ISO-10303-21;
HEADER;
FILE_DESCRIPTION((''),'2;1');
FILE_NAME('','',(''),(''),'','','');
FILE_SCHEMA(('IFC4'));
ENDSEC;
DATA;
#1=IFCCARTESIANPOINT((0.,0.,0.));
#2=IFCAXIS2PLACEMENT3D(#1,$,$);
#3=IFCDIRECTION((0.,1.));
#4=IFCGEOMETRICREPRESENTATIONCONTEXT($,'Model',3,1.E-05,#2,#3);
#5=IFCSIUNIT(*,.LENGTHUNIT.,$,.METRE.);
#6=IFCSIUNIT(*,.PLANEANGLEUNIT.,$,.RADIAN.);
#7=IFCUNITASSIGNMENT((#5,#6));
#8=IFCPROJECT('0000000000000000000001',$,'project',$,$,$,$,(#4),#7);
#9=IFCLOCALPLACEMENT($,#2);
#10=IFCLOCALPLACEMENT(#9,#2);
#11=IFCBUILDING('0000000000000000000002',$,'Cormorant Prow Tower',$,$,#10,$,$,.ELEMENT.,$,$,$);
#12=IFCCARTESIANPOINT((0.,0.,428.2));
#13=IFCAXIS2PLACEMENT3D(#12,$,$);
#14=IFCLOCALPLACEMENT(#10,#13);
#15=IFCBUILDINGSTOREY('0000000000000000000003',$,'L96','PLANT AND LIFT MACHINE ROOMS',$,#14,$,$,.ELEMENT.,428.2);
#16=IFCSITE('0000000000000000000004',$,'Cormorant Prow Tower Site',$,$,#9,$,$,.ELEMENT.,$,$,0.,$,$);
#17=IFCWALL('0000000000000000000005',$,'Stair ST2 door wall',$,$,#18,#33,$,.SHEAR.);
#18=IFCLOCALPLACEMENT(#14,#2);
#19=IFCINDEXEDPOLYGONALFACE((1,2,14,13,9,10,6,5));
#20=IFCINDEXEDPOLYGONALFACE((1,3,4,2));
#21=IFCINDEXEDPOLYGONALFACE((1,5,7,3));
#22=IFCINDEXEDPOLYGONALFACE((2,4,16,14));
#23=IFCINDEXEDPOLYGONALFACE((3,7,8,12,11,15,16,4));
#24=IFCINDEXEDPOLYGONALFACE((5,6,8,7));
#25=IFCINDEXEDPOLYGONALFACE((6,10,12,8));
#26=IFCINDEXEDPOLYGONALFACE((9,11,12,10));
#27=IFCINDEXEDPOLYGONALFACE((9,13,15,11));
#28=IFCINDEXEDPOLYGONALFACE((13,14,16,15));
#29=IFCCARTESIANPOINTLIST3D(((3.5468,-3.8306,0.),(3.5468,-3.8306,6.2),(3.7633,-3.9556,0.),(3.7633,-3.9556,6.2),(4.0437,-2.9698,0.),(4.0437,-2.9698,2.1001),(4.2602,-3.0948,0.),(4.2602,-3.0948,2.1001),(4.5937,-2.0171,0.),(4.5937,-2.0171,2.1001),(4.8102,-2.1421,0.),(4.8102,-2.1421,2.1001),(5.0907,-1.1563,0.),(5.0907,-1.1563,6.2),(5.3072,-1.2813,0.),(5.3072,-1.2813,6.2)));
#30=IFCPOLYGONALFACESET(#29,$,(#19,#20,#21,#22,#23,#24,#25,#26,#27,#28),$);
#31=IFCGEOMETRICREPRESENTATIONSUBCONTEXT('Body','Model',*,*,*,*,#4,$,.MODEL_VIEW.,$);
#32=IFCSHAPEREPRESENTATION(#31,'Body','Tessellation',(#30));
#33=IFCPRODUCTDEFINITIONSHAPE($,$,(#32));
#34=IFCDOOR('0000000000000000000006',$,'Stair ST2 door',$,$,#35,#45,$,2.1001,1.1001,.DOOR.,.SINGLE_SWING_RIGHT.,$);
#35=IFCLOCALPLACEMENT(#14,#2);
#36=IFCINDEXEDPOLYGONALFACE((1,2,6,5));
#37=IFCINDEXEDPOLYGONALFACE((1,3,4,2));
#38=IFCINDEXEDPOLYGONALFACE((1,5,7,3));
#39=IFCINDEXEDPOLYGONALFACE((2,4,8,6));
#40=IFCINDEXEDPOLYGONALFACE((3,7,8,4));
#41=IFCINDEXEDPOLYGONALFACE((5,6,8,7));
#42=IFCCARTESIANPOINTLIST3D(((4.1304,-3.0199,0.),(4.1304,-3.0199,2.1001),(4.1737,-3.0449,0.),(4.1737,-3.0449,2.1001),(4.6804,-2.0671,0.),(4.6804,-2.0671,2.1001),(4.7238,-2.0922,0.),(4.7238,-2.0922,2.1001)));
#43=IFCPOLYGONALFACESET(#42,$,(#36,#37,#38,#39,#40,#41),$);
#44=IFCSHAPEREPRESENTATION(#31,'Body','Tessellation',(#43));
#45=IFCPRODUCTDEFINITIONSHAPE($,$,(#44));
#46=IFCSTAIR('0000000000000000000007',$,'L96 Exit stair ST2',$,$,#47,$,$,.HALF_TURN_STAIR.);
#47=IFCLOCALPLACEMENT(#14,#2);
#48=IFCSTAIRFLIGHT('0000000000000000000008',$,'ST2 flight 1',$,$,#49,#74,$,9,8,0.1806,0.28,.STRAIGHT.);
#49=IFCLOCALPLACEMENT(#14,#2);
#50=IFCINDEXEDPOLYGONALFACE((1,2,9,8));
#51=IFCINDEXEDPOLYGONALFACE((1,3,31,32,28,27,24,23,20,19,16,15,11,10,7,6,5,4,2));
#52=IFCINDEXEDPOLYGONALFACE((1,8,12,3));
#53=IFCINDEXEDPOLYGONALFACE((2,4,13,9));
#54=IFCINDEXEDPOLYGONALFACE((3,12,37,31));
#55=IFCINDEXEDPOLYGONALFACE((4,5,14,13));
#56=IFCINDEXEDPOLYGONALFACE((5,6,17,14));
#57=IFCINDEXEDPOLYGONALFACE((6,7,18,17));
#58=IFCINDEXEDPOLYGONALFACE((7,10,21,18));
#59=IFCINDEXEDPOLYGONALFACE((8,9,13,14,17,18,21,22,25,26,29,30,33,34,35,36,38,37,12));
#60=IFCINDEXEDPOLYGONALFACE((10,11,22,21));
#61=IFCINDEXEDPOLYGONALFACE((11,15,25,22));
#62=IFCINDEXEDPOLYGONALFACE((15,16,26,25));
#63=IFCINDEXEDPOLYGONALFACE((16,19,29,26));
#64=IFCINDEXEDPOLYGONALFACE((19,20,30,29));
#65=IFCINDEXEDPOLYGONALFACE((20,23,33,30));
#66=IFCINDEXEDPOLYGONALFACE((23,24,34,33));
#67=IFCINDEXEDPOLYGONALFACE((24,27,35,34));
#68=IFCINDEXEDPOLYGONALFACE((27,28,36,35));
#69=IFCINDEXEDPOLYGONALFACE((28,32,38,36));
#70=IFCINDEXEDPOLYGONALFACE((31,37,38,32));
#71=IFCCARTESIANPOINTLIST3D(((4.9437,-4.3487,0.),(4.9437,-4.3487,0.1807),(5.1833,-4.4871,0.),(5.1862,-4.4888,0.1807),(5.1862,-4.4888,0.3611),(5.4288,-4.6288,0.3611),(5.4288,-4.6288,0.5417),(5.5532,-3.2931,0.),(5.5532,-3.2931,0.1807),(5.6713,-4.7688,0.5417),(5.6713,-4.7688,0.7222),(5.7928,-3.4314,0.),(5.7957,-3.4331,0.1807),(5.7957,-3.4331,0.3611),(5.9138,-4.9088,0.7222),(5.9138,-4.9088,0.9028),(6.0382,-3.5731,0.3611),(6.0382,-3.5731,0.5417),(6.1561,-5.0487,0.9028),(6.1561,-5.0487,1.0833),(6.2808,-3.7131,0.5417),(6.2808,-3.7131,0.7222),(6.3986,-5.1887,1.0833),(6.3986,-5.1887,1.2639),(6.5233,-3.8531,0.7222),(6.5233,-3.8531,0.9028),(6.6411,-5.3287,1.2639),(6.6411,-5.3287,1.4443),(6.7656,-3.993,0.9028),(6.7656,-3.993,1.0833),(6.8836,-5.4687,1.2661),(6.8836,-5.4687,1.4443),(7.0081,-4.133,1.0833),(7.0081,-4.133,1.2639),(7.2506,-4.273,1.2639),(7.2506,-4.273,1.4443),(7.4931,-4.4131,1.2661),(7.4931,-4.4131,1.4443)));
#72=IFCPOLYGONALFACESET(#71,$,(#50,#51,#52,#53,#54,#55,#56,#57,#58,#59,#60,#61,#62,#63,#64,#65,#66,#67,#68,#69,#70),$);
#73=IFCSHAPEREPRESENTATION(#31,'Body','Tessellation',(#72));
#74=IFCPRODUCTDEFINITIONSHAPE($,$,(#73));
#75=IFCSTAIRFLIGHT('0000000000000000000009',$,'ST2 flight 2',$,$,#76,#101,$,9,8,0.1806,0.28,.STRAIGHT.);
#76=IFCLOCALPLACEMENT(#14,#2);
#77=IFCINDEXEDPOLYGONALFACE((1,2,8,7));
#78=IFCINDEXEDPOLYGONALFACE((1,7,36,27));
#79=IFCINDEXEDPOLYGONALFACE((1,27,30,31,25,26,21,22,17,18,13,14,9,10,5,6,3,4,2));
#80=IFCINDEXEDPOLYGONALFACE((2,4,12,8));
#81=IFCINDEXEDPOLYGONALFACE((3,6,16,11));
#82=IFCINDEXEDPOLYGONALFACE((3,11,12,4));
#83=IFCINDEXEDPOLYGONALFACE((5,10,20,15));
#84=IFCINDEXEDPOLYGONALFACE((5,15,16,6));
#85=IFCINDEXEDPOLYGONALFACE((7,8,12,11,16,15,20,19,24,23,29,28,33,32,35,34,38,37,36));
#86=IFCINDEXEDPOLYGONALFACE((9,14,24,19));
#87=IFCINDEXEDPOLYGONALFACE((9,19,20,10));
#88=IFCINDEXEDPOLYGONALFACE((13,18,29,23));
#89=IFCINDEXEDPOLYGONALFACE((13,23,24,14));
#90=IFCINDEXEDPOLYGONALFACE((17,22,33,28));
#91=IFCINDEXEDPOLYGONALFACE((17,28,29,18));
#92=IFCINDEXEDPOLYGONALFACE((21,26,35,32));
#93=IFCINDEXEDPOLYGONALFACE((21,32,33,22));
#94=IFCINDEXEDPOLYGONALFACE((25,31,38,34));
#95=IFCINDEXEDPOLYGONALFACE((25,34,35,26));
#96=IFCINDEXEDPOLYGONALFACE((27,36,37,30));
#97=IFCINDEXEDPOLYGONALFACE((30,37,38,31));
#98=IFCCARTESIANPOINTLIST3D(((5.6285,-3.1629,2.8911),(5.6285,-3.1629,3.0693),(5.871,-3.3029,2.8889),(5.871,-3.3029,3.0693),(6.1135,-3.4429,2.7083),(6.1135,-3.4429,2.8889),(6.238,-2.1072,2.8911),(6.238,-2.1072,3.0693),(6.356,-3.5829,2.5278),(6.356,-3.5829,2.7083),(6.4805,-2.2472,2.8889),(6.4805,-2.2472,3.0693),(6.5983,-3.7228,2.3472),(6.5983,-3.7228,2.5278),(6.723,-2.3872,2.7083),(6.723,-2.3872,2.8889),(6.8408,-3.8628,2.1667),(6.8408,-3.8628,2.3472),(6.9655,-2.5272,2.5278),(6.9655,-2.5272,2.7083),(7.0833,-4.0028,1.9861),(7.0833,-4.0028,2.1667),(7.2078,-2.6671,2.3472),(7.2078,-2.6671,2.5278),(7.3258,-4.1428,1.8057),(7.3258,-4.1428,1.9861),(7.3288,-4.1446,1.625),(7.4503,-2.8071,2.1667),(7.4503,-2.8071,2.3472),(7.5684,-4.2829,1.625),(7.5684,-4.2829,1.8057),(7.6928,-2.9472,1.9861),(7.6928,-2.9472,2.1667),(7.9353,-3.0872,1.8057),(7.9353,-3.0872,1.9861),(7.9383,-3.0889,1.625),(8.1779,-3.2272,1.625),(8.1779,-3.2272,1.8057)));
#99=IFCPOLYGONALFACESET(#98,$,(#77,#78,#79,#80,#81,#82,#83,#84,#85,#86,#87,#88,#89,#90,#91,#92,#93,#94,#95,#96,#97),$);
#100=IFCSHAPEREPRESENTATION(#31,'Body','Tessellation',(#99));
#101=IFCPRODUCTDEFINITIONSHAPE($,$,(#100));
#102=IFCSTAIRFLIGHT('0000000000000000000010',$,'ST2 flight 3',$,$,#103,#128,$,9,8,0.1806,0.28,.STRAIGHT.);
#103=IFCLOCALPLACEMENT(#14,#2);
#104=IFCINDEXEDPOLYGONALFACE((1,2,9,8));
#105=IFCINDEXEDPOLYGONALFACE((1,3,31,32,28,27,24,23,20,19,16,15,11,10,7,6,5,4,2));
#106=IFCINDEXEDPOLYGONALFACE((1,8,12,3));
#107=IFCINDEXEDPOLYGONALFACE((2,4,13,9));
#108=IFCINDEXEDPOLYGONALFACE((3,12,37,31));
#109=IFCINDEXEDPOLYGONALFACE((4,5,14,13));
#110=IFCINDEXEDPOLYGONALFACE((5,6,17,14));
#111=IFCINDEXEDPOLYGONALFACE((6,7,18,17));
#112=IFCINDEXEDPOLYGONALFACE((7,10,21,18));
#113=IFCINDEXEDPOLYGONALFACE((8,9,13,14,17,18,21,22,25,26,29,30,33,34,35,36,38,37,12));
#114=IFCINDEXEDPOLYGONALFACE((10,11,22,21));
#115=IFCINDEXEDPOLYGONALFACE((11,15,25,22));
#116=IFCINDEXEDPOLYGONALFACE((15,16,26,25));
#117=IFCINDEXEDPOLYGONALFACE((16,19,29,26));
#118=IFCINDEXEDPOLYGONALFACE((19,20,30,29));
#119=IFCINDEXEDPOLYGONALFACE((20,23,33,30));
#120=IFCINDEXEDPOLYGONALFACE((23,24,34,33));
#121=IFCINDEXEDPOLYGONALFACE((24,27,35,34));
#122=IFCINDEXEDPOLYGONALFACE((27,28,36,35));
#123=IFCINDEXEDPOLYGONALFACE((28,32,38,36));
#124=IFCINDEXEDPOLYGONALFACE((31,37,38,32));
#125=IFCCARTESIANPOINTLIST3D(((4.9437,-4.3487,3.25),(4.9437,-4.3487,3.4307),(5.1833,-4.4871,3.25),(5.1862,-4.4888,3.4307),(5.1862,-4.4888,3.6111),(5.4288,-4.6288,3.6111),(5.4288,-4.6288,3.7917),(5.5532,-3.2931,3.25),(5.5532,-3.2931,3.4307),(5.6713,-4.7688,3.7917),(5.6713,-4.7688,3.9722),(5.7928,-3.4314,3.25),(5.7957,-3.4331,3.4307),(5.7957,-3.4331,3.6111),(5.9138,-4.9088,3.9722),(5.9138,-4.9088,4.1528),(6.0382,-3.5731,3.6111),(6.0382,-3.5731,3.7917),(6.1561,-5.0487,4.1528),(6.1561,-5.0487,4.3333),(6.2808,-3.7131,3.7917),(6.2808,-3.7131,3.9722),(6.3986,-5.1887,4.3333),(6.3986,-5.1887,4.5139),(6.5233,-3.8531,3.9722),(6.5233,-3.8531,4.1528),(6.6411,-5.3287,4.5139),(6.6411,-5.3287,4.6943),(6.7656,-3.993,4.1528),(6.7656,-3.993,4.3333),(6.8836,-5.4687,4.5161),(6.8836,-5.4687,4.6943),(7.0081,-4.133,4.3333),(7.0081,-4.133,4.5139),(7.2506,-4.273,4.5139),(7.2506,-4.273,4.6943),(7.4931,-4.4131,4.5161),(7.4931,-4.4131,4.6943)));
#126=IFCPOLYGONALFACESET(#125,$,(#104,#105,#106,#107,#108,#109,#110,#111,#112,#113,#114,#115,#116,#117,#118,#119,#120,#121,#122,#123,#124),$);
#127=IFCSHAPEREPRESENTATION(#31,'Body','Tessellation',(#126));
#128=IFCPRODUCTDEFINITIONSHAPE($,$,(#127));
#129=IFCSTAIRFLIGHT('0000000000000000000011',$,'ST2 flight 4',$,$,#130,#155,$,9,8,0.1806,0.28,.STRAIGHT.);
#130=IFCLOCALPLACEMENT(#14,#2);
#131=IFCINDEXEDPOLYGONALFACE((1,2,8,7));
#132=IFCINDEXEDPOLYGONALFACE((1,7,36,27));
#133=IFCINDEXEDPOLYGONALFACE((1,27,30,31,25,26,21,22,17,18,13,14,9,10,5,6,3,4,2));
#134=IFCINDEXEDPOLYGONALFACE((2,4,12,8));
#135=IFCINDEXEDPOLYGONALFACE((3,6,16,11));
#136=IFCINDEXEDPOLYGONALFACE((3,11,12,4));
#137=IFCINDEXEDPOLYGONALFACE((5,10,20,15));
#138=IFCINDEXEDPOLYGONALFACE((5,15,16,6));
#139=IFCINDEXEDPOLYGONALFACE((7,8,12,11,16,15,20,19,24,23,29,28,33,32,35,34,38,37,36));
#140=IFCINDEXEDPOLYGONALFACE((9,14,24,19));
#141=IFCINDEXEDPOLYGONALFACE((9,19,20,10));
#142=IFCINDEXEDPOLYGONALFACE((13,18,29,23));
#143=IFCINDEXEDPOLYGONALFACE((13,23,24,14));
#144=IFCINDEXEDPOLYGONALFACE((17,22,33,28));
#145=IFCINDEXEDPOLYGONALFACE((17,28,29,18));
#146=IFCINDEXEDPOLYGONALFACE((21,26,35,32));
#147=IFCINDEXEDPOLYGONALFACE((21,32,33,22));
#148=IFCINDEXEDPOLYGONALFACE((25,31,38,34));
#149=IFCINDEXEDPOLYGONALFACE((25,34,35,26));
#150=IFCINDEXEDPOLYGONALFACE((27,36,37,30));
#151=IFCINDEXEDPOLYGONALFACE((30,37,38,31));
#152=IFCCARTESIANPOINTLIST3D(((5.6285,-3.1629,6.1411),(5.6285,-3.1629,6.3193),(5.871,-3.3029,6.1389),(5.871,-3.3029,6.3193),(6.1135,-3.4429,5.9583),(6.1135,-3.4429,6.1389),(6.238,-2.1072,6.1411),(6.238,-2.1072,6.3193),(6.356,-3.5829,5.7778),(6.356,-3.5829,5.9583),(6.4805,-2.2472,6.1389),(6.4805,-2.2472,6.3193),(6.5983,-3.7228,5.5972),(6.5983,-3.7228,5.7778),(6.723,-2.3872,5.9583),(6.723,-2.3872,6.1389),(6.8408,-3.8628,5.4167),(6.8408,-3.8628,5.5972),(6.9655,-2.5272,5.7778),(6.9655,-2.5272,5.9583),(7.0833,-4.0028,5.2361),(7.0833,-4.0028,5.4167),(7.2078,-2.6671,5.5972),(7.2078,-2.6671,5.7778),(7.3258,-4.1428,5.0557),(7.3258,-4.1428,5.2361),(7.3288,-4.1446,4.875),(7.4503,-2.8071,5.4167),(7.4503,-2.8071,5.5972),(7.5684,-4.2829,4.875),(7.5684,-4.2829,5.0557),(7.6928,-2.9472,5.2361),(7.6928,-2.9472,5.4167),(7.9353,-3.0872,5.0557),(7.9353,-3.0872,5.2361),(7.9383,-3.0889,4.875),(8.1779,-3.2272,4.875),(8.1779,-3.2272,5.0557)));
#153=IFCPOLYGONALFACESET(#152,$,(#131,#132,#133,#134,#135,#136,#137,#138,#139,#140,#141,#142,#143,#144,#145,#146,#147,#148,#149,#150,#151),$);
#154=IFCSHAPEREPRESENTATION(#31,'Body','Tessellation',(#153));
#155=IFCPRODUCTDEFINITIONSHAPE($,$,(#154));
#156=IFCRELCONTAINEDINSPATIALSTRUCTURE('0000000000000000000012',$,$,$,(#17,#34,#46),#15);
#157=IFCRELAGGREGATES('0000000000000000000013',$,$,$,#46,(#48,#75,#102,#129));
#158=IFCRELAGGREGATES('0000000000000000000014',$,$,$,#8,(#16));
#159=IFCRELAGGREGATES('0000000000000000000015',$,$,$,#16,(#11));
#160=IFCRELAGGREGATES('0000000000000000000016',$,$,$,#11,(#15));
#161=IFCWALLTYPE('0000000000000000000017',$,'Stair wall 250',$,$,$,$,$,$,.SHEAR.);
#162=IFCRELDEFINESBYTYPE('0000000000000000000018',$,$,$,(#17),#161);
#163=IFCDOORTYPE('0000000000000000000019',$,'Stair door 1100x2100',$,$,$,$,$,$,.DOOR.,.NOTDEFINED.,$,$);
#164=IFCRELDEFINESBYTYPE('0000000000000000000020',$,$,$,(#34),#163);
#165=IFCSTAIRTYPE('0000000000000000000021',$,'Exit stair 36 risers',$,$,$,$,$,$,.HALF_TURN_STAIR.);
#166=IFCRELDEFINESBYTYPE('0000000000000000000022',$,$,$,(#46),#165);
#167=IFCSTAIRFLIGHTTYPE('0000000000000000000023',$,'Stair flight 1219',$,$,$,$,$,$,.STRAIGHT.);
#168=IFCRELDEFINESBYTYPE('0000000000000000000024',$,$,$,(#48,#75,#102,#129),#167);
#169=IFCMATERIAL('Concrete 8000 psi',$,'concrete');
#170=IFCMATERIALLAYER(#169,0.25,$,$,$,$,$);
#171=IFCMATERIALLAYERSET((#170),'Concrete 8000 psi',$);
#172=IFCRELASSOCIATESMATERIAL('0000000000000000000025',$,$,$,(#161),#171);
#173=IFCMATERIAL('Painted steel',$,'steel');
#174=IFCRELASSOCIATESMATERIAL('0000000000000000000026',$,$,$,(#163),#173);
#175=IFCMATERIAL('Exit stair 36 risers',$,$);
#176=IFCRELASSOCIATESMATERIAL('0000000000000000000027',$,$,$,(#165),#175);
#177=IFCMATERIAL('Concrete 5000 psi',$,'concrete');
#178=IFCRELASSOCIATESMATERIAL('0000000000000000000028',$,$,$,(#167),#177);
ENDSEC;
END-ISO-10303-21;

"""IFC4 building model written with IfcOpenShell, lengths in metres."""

from ifc_helpers import new_model, si_unit, direction, frame, frame_2d, origin, place, context, subcontext, project, spatial, polyline, rectangle, outline, extrude, material, layer, layer_set, type_object, element, fill, aggregate, save


model = new_model("IFC4")

# Units and contexts
model_context = context("Model", 3, precision=1e-05, world=origin(), true_north=direction((0.0, 1.0)))
body_context = subcontext(model_context, "Body", "Model", "MODEL_VIEW")
ifc_project = project(units=[si_unit("LENGTHUNIT", "METRE"), si_unit("PLANEANGLEUNIT", "RADIAN")], contexts=[model_context])

# Site, building, storey
site_placement = place(None, origin())
site = spatial("IfcSite", under=ifc_project, at=site_placement, Name="Cormorant Prow Tower Site", CompositionType="ELEMENT", RefElevation=0.0)
building_placement = place(site_placement, origin())
building = spatial("IfcBuilding", under=site, at=building_placement, Name="Cormorant Prow Tower", CompositionType="ELEMENT")
storey_placement = place(building_placement, frame((0.0, 0.0, 428.2)))
storey = spatial("IfcBuildingStorey", under=building, at=storey_placement, Name="L96", Description="PLANT AND LIFT MACHINE ROOMS", CompositionType="ELEMENT", Elevation=428.2)

# Wall, opening, door
ifc_material_1 = material(Name="Concrete 8000 psi", Category="concrete")
ifc_layer_1 = layer(ifc_material_1, 0.25)
ifc_layer_set_1 = layer_set([ifc_layer_1], Name="Concrete 8000 psi")
wall_type_1 = type_object("IfcWallType", Name="Stair wall 250", PredefinedType="SHEAR", material=ifc_layer_set_1)
wall_1_placement = place(storey_placement, frame((3.655, -3.8931, 0.0), z_axis=(0.0, 0.0, 1.0), x_axis=(0.499983, 0.866035, 0.0)))
wall_1 = element("IfcWall", 1, at=wall_1_placement, inside=storey, type_object=wall_type_1, Name="Stair ST2 door wall", PredefinedType="SHEAR", context=body_context, shape_type="SweptSolid", body=[
    extrude(rectangle(XDim=3.0879, YDim=0.25, at=frame_2d((1.5439, 0.0))), origin(), (0.0, 0.0, 1.0), 6.2),
])
opening_1_placement = place(wall_1_placement, frame((0.9939, 0.0, 0.0)))
opening_1 = element("IfcOpeningElement", 2, at=opening_1_placement, cuts=wall_1, PredefinedType="OPENING", context=body_context, shape_type="SweptSolid", body=[
    extrude(rectangle(XDim=1.1001, YDim=2.1001, at=frame_2d((0.55, 1.05))), frame((0.0, 0.135, 0.0), z_axis=(0.0, -1.0, 0.0), x_axis=(1.0, 0.0, 0.0)), (0.0, 0.0, 1.0), 0.27),
])
ifc_material_2 = material(Name="Painted steel", Category="steel")
door_type_1 = type_object("IfcDoorType", Name="Stair door 1100x2100", OperationType="NOTDEFINED", PredefinedType="DOOR", material=ifc_material_2)
door_1_placement = place(opening_1_placement, origin())
door_1 = element("IfcDoor", 3, at=door_1_placement, inside=storey, type_object=door_type_1, Name="Stair ST2 door", OperationType="SINGLE_SWING_RIGHT", OverallHeight=2.1001, OverallWidth=1.1001, PredefinedType="DOOR", context=body_context, shape_type="SweptSolid", body=[
    extrude(rectangle(XDim=1.1001, YDim=2.1001, at=frame_2d((0.55, 1.05))), frame((0.0, 0.0249, 0.0), z_axis=(0.0, -1.0, 0.0), x_axis=(1.0, 0.0, 0.0)), (0.0, 0.0, 1.0), 0.05),
])
fill(opening_1, door_1)

# Stair, stair flights
ifc_material_3 = material(Name="Exit stair 36 risers")
stair_type = type_object("IfcStairType", Name="Exit stair 36 risers", PredefinedType="HALF_TURN_STAIR", material=ifc_material_3)
stair_placement = place(storey_placement, origin())
stair = element("IfcStair", 4, at=stair_placement, inside=storey, type_object=stair_type, Name="L96 Exit stair ST2", PredefinedType="HALF_TURN_STAIR")
ifc_material_4 = material(Name="Concrete 5000 psi", Category="concrete")
stair_flight_type = type_object("IfcStairFlightType", Name="Stair flight 1219", PredefinedType="STRAIGHT", material=ifc_material_4)
stair_flight_1_placement = place(storey_placement, frame((5.2485, -3.8208, 0.0), z_axis=(0.0, 0.0, 1.0), x_axis=(0.866025, -0.5, 0.0)))
stair_flight_1 = element("IfcStairFlight", 5, at=stair_flight_1_placement, type_object=stair_flight_type, Name="ST2 flight 1", NumberOfRisers=9, NumberOfTreads=8, PredefinedType="STRAIGHT", RiserHeight=0.1806, TreadLength=0.28, context=body_context, shape_type="SweptSolid", body=[
    extrude(outline(polyline([(0.0, 0.0), (0.0, 0.1807), (0.28, 0.1807), (0.28, 0.3611), (0.5601, 0.3611), (0.5601, 0.5417), (0.8401, 0.5417), (0.8401, 0.7222), (1.1201, 0.7222), (1.1201, 0.9028), (1.3999, 0.9028), (1.3999, 1.0833), (1.6799, 1.0833), (1.6799, 1.2639), (1.96, 1.2639), (1.96, 1.4443), (2.24, 1.4443), (2.24, 1.625), (2.24, 1.2661), (0.2766, 0.0), (0.0, 0.0)])), frame((0.0, 0.6094, 0.0), z_axis=(0.0, -1.0, 0.0), x_axis=(1.0, 0.0, 0.0)), (0.0, 0.0, 1.0), 1.219),
])
stair_flight_2_placement = place(storey_placement, frame((7.873, -3.7551, 1.625), z_axis=(0.0, 0.0, 1.0), x_axis=(-0.866025, 0.5, 0.0)))
stair_flight_2 = element("IfcStairFlight", 6, at=stair_flight_2_placement, type_object=stair_flight_type, Name="ST2 flight 2", NumberOfRisers=9, NumberOfTreads=8, PredefinedType="STRAIGHT", RiserHeight=0.1806, TreadLength=0.28, context=body_context, shape_type="SweptSolid", body=[
    extrude(outline(polyline([(0.0, 0.0), (0.0, 0.1807), (0.28, 0.1807), (0.28, 0.3611), (0.5601, 0.3611), (0.5601, 0.5417), (0.8401, 0.5417), (0.8401, 0.7222), (1.1201, 0.7222), (1.1201, 0.9028), (1.3999, 0.9028), (1.3999, 1.0833), (1.6799, 1.0833), (1.6799, 1.2639), (1.96, 1.2639), (1.96, 1.4443), (2.24, 1.4443), (2.24, 1.625), (2.24, 1.2661), (0.2766, 0.0), (0.0, 0.0)])), frame((0.0, 0.6094, 0.0), z_axis=(0.0, -1.0, 0.0), x_axis=(1.0, 0.0, 0.0)), (0.0, 0.0, 1.0), 1.219),
])
stair_flight_3_placement = place(storey_placement, frame((5.2485, -3.8208, 3.25), z_axis=(0.0, 0.0, 1.0), x_axis=(0.866025, -0.5, 0.0)))
stair_flight_3 = element("IfcStairFlight", 7, at=stair_flight_3_placement, type_object=stair_flight_type, Name="ST2 flight 3", NumberOfRisers=9, NumberOfTreads=8, PredefinedType="STRAIGHT", RiserHeight=0.1806, TreadLength=0.28, context=body_context, shape_type="SweptSolid", body=[
    extrude(outline(polyline([(0.0, 0.0), (0.0, 0.1807), (0.28, 0.1807), (0.28, 0.3611), (0.5601, 0.3611), (0.5601, 0.5417), (0.8401, 0.5417), (0.8401, 0.7222), (1.1201, 0.7222), (1.1201, 0.9028), (1.3999, 0.9028), (1.3999, 1.0833), (1.6799, 1.0833), (1.6799, 1.2639), (1.96, 1.2639), (1.96, 1.4443), (2.24, 1.4443), (2.24, 1.625), (2.24, 1.2661), (0.2766, 0.0), (0.0, 0.0)])), frame((0.0, 0.6094, 0.0), z_axis=(0.0, -1.0, 0.0), x_axis=(1.0, 0.0, 0.0)), (0.0, 0.0, 1.0), 1.219),
])
stair_flight_4_placement = place(storey_placement, frame((7.873, -3.7551, 4.875), z_axis=(0.0, 0.0, 1.0), x_axis=(-0.866025, 0.5, 0.0)))
stair_flight_4 = element("IfcStairFlight", 8, at=stair_flight_4_placement, type_object=stair_flight_type, Name="ST2 flight 4", NumberOfRisers=9, NumberOfTreads=8, PredefinedType="STRAIGHT", RiserHeight=0.1806, TreadLength=0.28, context=body_context, shape_type="SweptSolid", body=[
    extrude(outline(polyline([(0.0, 0.0), (0.0, 0.1807), (0.28, 0.1807), (0.28, 0.3611), (0.5601, 0.3611), (0.5601, 0.5417), (0.8401, 0.5417), (0.8401, 0.7222), (1.1201, 0.7222), (1.1201, 0.9028), (1.3999, 0.9028), (1.3999, 1.0833), (1.6799, 1.0833), (1.6799, 1.2639), (1.96, 1.2639), (1.96, 1.4443), (2.24, 1.4443), (2.24, 1.625), (2.24, 1.2661), (0.2766, 0.0), (0.0, 0.0)])), frame((0.0, 0.6094, 0.0), z_axis=(0.0, -1.0, 0.0), x_axis=(1.0, 0.0, 0.0)), (0.0, 0.0, 1.0), 1.219),
])
aggregate(stair, [stair_flight_1, stair_flight_2, stair_flight_3, stair_flight_4])

save(model, "model.ifc")
